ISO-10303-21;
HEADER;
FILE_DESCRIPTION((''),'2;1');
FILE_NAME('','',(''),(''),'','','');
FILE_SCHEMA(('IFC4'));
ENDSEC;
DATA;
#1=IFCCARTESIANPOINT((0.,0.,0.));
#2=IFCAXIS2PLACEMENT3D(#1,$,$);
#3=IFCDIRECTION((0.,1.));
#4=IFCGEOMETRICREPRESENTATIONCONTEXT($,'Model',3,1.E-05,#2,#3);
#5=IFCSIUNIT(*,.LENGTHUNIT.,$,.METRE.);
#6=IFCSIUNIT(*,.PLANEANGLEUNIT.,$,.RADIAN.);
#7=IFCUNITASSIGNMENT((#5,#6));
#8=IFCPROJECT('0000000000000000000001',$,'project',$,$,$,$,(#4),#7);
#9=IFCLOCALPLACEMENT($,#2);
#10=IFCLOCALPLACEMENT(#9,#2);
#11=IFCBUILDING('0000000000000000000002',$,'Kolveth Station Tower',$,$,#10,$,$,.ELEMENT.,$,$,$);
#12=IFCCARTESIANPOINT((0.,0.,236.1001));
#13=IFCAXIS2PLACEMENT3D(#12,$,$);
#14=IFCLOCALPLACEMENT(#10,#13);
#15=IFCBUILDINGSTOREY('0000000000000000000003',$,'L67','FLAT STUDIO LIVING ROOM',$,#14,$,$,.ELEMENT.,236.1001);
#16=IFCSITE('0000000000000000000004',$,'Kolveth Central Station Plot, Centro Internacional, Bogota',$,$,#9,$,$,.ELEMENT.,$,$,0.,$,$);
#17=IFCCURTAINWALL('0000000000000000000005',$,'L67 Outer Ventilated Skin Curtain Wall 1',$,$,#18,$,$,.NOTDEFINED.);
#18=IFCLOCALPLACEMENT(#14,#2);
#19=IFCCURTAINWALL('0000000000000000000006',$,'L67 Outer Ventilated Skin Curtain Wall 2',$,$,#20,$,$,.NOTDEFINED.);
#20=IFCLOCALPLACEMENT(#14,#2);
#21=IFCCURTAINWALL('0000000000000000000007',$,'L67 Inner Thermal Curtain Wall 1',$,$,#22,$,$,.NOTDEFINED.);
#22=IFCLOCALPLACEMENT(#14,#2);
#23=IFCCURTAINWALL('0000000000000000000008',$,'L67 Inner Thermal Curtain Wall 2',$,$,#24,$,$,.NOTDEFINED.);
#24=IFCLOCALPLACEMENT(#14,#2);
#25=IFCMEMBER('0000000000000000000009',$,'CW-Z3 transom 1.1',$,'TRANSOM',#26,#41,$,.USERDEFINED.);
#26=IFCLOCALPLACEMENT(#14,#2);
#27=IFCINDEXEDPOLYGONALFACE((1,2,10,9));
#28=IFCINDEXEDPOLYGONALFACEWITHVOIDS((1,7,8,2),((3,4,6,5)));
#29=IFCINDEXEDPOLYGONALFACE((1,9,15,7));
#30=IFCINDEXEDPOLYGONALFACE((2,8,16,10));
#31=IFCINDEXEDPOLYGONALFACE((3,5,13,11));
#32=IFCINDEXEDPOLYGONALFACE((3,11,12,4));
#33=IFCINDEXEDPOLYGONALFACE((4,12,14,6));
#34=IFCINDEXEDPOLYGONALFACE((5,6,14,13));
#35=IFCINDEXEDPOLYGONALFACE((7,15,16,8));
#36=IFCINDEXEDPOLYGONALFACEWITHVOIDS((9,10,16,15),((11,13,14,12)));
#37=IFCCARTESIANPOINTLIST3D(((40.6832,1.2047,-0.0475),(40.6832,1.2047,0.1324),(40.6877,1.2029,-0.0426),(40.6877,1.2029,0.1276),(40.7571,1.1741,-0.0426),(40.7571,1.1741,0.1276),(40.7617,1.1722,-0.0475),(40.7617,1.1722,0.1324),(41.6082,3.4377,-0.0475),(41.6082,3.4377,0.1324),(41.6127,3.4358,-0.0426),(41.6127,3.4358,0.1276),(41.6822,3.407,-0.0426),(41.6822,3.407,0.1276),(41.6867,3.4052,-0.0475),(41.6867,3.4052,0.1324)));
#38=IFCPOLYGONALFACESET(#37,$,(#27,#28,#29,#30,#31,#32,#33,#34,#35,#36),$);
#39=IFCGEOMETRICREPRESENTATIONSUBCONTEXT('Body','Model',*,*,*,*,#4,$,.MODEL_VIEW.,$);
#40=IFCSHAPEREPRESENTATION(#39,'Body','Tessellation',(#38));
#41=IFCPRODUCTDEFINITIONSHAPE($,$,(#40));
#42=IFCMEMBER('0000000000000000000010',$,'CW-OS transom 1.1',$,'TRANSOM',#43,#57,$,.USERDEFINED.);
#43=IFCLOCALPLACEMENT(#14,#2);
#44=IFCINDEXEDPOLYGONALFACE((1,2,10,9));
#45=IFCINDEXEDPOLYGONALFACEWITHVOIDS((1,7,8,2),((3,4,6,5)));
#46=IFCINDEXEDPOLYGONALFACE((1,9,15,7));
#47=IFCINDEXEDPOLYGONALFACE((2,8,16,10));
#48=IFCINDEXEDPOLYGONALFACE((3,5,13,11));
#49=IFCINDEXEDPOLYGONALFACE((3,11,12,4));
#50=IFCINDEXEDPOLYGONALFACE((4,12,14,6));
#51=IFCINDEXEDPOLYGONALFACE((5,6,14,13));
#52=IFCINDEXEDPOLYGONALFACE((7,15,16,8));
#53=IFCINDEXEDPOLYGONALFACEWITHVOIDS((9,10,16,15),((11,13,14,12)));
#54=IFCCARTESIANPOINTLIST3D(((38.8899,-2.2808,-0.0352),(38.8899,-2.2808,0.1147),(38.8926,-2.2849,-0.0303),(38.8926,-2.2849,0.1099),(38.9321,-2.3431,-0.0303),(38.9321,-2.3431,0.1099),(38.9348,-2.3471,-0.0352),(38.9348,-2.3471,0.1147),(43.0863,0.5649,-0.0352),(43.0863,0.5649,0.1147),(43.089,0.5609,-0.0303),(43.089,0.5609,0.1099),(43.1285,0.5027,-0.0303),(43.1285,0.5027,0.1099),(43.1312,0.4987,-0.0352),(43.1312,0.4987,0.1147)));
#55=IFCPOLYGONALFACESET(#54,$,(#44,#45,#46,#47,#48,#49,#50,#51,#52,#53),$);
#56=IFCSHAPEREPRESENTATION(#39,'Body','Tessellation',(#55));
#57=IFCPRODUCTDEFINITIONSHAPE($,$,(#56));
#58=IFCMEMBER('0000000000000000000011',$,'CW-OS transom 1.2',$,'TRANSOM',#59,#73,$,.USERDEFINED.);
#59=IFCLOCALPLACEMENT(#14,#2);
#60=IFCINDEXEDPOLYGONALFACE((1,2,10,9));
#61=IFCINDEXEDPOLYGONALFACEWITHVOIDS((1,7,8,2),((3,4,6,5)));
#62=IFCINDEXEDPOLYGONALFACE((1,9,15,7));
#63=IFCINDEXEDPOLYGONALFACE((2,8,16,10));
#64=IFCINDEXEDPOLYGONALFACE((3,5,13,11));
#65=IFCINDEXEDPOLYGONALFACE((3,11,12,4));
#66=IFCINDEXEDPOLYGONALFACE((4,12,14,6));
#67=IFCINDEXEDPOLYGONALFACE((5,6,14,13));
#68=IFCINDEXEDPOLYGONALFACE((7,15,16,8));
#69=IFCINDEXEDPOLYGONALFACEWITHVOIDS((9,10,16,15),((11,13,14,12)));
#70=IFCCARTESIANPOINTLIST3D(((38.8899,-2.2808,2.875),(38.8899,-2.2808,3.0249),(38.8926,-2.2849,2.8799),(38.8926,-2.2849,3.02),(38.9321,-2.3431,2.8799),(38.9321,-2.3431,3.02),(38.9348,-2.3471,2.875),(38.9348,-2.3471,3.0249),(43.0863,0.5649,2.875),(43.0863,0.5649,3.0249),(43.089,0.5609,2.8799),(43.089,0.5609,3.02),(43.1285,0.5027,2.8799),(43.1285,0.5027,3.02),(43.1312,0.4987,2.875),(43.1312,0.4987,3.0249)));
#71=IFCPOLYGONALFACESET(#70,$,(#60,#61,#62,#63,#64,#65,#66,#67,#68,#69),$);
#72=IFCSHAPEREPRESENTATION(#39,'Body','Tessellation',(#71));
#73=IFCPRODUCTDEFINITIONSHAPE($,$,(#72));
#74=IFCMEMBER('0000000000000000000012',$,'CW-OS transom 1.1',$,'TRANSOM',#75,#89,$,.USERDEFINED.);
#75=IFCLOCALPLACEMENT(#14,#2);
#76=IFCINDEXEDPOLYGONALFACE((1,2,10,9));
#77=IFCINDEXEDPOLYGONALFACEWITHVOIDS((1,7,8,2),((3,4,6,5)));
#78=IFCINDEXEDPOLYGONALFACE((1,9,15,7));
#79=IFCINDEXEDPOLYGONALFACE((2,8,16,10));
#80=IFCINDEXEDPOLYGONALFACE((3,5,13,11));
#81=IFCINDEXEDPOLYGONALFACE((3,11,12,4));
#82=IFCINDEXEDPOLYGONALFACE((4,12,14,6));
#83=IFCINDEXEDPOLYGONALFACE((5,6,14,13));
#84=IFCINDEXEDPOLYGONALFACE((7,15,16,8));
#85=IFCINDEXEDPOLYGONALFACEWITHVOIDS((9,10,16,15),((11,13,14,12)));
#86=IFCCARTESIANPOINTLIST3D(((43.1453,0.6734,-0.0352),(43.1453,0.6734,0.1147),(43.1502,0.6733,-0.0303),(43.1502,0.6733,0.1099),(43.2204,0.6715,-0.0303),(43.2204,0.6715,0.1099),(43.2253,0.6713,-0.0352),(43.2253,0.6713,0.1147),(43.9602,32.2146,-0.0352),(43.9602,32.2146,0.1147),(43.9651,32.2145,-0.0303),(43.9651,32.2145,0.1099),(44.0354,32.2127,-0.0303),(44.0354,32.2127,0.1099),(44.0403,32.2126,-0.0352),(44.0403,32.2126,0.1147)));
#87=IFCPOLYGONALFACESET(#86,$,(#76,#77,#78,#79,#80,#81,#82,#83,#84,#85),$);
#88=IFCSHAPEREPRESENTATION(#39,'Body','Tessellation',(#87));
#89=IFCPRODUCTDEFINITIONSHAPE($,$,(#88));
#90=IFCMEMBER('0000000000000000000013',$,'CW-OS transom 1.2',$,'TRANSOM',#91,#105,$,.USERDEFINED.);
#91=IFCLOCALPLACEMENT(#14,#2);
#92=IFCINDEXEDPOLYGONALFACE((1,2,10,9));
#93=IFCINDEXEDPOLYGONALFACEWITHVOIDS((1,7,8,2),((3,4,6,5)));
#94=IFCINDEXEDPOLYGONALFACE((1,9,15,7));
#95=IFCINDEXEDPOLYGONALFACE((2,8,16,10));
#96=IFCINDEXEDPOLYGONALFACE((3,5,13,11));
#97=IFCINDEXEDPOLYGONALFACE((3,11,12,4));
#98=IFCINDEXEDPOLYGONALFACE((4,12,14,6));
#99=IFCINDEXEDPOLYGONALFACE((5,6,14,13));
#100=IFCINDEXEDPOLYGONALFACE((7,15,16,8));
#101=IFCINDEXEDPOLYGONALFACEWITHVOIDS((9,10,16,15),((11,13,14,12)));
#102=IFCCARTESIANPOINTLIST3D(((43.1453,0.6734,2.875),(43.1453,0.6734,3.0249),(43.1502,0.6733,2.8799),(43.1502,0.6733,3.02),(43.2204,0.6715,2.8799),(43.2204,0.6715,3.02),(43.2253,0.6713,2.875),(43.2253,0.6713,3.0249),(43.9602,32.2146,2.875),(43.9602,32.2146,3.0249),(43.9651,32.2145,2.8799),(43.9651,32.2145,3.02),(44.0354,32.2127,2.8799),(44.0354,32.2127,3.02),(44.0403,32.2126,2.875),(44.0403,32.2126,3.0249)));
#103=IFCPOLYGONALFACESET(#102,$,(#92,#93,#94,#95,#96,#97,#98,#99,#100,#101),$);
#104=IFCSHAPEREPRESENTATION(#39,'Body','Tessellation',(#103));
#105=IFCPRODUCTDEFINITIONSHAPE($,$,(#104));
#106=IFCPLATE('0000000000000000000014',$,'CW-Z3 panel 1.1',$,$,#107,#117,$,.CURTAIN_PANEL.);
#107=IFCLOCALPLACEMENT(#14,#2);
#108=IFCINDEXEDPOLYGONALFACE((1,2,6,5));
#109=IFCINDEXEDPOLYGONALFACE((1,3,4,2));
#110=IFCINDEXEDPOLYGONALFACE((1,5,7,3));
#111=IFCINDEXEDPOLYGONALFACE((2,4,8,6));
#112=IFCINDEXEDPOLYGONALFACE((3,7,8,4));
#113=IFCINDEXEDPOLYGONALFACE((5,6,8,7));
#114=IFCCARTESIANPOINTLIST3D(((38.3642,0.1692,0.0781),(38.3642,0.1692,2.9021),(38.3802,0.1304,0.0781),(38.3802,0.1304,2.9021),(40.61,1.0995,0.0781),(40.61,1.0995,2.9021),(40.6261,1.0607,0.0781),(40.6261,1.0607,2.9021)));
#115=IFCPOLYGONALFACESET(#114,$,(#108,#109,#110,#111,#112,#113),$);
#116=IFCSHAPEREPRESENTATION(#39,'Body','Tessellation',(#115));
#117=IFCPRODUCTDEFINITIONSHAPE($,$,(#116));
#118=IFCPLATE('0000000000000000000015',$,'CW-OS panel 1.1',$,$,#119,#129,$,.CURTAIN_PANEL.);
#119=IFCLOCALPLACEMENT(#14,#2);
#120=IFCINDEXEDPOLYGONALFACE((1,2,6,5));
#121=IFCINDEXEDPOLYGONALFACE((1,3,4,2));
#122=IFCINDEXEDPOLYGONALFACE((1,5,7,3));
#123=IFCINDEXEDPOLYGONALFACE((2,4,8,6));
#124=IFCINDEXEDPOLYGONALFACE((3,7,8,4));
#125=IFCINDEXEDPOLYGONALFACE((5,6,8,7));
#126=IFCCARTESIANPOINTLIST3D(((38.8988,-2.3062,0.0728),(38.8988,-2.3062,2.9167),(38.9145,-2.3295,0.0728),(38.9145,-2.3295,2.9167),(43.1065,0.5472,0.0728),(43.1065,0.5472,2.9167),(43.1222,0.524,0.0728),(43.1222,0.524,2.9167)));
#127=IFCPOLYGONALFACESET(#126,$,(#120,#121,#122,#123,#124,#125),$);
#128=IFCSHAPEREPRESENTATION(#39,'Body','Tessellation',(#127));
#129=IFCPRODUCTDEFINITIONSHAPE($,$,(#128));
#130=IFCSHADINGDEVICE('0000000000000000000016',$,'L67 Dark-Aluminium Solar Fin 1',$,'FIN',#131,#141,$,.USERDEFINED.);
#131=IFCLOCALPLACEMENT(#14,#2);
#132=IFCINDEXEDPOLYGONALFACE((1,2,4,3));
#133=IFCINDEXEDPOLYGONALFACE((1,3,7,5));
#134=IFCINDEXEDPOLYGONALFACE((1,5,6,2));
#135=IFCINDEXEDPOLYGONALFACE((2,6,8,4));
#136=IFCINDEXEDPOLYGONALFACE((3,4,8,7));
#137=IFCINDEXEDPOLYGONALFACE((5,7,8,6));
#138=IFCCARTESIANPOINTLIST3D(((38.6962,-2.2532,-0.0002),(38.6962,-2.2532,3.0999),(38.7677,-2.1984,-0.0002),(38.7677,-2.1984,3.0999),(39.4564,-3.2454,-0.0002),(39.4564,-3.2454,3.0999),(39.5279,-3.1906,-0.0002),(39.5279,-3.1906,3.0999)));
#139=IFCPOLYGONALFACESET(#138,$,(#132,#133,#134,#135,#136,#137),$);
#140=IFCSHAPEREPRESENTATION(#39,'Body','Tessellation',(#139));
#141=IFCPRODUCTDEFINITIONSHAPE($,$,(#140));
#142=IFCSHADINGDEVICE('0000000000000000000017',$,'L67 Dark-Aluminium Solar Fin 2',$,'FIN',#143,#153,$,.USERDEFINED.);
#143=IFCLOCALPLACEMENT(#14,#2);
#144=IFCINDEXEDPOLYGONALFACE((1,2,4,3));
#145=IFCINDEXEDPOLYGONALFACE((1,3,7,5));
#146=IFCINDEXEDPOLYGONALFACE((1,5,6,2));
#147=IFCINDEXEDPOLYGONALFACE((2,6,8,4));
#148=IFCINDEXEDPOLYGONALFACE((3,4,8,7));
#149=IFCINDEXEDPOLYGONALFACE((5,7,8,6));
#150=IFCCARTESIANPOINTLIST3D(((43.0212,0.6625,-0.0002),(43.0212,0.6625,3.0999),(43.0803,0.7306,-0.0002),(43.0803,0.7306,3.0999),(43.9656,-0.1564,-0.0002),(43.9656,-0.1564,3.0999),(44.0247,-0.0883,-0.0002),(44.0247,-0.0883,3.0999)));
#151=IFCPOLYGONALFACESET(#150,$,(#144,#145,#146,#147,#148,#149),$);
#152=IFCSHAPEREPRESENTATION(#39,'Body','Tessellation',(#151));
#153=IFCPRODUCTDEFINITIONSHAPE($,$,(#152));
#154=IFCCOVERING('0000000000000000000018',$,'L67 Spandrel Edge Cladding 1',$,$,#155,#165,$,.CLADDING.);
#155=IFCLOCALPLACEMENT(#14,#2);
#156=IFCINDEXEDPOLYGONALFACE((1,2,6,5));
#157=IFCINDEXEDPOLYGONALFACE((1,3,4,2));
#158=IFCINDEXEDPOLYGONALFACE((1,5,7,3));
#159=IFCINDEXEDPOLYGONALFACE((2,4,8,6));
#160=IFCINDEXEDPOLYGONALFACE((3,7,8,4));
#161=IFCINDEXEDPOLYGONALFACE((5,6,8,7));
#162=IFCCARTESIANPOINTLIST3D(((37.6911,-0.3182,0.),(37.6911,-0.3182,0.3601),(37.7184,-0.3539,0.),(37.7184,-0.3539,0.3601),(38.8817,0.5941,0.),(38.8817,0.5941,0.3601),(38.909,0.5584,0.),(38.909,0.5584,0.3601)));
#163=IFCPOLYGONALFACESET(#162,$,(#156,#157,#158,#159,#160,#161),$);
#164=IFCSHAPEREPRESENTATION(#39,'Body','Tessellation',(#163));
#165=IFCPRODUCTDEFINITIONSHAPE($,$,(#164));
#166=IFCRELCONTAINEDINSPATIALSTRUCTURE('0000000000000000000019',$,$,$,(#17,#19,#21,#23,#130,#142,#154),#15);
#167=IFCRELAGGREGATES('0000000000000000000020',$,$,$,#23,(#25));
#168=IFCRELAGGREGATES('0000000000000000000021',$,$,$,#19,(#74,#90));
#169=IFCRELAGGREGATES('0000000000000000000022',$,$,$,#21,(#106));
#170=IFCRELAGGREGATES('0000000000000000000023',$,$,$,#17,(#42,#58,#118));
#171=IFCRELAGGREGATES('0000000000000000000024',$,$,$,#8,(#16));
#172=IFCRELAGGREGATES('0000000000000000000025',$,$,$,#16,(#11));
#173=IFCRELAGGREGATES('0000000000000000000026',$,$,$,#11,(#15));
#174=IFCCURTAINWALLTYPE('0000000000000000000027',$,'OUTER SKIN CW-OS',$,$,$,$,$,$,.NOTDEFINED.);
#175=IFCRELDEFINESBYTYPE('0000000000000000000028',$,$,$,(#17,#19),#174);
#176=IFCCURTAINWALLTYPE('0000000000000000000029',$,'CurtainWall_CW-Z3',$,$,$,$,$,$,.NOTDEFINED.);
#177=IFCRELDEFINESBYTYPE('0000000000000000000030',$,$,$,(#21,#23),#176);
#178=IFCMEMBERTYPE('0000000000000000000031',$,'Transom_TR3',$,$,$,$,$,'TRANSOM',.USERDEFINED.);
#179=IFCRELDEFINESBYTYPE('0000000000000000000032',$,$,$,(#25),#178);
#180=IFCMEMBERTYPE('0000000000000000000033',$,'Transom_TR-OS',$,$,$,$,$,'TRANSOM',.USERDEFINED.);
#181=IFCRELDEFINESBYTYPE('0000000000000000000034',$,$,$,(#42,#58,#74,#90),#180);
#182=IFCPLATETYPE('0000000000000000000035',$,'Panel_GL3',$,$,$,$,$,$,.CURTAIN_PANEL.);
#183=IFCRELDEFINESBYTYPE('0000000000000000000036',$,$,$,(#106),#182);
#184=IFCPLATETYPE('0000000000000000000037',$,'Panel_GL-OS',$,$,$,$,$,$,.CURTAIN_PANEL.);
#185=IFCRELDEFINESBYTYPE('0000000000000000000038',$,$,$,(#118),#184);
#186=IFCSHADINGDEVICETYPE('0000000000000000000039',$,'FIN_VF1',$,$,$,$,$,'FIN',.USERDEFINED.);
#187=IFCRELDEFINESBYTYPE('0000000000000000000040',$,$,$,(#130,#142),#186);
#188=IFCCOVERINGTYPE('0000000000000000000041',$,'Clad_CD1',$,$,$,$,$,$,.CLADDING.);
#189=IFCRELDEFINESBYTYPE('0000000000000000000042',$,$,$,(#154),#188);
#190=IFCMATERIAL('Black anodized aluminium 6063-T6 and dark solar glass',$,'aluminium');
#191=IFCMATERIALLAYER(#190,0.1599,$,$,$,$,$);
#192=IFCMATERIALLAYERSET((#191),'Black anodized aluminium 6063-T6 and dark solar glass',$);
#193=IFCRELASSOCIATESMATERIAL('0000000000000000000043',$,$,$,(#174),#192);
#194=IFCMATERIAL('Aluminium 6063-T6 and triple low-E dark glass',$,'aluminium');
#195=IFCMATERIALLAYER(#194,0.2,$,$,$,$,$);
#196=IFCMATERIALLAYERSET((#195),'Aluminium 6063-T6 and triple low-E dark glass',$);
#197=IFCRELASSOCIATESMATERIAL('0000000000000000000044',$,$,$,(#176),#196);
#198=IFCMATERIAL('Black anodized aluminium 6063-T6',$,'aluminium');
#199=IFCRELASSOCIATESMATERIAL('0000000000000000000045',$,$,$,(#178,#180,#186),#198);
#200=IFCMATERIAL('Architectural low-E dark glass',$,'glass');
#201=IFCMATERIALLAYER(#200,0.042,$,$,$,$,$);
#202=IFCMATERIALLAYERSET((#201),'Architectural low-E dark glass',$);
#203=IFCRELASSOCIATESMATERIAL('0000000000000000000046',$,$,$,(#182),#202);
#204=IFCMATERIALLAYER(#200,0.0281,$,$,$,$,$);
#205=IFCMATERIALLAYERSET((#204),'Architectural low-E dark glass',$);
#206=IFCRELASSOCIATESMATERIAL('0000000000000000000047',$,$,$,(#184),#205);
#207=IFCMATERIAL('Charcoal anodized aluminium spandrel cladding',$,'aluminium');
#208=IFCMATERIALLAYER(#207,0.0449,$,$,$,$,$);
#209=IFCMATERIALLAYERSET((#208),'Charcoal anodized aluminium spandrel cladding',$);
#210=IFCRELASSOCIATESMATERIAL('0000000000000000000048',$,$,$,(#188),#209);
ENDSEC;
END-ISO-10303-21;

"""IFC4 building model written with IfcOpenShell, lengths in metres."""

from ifc_helpers import new_model, si_unit, direction, frame, origin, origin_2d, place, context, subcontext, project, spatial, rectangle, hollow_rectangle, extrude, source, transform, mapped, material, layer, layer_set, material_profile, profile_set, type_object, element, aggregate, save


model = new_model("IFC4")

# Units and contexts
model_context = context("Model", 3, precision=1e-05, world=origin(), true_north=direction((0.0, 1.0)))
body_context = subcontext(model_context, "Body", "Model", "MODEL_VIEW")
ifc_project = project(units=[si_unit("LENGTHUNIT", "METRE"), si_unit("PLANEANGLEUNIT", "RADIAN")], contexts=[model_context])

# Site, building, storey
site_placement = place(None, origin())
site = spatial("IfcSite", under=ifc_project, at=site_placement, Name="Kolveth Central Station Plot, Centro Internacional, Bogota", CompositionType="ELEMENT", RefElevation=0.0)
building_placement = place(site_placement, origin())
building = spatial("IfcBuilding", under=site, at=building_placement, Name="Kolveth Station Tower", CompositionType="ELEMENT")
storey_placement = place(building_placement, frame((0.0, 0.0, 236.1001)))
storey = spatial("IfcBuildingStorey", under=building, at=storey_placement, Name="L67", Description="FLAT STUDIO LIVING ROOM", CompositionType="ELEMENT", Elevation=236.1001)

# Curtain wall
ifc_material_1 = material(Name="Black anodized aluminium 6063-T6 and dark solar glass", Category="aluminium")
ifc_layer_1 = layer(ifc_material_1, 0.1599)
ifc_layer_set_1 = layer_set([ifc_layer_1], Name="Black anodized aluminium 6063-T6 and dark solar glass")
curtain_wall_type_1 = type_object("IfcCurtainWallType", Name="OUTER SKIN CW-OS", PredefinedType="NOTDEFINED", material=ifc_layer_set_1)
curtain_wall_1_placement = place(storey_placement, origin())
curtain_wall_1 = element("IfcCurtainWall", 1, at=curtain_wall_1_placement, inside=storey, type_object=curtain_wall_type_1, Name="L67 Outer Ventilated Skin Curtain Wall 1", PredefinedType="NOTDEFINED")
ifc_material_2 = material(Name="Black anodized aluminium 6063-T6", Category="aluminium")

# Curtain wall
curtain_wall_2_placement = place(storey_placement, origin())
curtain_wall_2 = element("IfcCurtainWall", 2, at=curtain_wall_2_placement, inside=storey, type_object=curtain_wall_type_1, Name="L67 Outer Ventilated Skin Curtain Wall 2", PredefinedType="NOTDEFINED")

# Curtain wall
ifc_material_3 = material(Name="Aluminium 6063-T6 and triple low-E dark glass", Category="aluminium")
ifc_layer_2 = layer(ifc_material_3, 0.2)
ifc_layer_set_2 = layer_set([ifc_layer_2], Name="Aluminium 6063-T6 and triple low-E dark glass")
curtain_wall_type_2 = type_object("IfcCurtainWallType", Name="CurtainWall_CW-Z3", PredefinedType="NOTDEFINED", material=ifc_layer_set_2)
curtain_wall_3_placement = place(storey_placement, origin())
curtain_wall_3 = element("IfcCurtainWall", 3, at=curtain_wall_3_placement, inside=storey, type_object=curtain_wall_type_2, Name="L67 Inner Thermal Curtain Wall 1", PredefinedType="NOTDEFINED")

# Curtain wall
curtain_wall_4_placement = place(storey_placement, origin())
curtain_wall_4 = element("IfcCurtainWall", 4, at=curtain_wall_4_placement, inside=storey, type_object=curtain_wall_type_2, Name="L67 Inner Thermal Curtain Wall 2", PredefinedType="NOTDEFINED")

# Members
ifc_material_profile_1 = material_profile(ifc_material_2, hollow_rectangle(XDim=0.085, YDim=0.1799, WallThickness=0.0049, at=origin_2d()), Name="ALU-85x180x5")
ifc_profile_set_1 = profile_set([ifc_material_profile_1], Name="Black anodized aluminium 6063-T6")
member_type_1 = type_object("IfcMemberType", Name="Transom_TR3", ElementType="TRANSOM", PredefinedType="USERDEFINED", material=ifc_profile_set_1)
shared_shape_1 = source(origin(), body_context, "Body", "SweptSolid", [
    extrude(hollow_rectangle(XDim=0.085, YDim=0.1799, WallThickness=0.0049, at=origin_2d()), origin(), (0.0, 0.0, 1.0), 2.417),
])
member_1_placement = place(storey_placement, frame((40.7224, 1.1885, 0.0425), z_axis=(0.382735, 0.923858, 0.0), x_axis=(-0.923858, 0.382735, 0.0)))
member_1 = element("IfcMember", 5, at=member_1_placement, type_object=member_type_1, Name="CW-Z3 transom 1.1", ObjectType="TRANSOM", PredefinedType="USERDEFINED", context=body_context, shape_type="MappedRepresentation", body=[
    mapped(shared_shape_1, transform((0.0, 0.0, 0.0), x_axis=(1.0, 0.0, 0.0), y_axis=(0.0, 1.0, 0.0), z_axis=(0.0, 0.0, 1.0), scale=1.0)),
])
aggregate(curtain_wall_4, [member_1])
ifc_material_profile_2 = material_profile(ifc_material_2, hollow_rectangle(XDim=0.0801, YDim=0.1499, WallThickness=0.0049, at=origin_2d()), Name="ALU-80x150x5")
ifc_profile_set_2 = profile_set([ifc_material_profile_2], Name="Black anodized aluminium 6063-T6")
member_type_2 = type_object("IfcMemberType", Name="Transom_TR-OS", ElementType="TRANSOM", PredefinedType="USERDEFINED", material=ifc_profile_set_2)
shared_shape_2 = source(origin(), body_context, "Body", "SweptSolid", [
    extrude(hollow_rectangle(XDim=0.0801, YDim=0.1499, WallThickness=0.0049, at=origin_2d()), origin(), (0.0, 0.0, 1.0), 5.0703),
])
member_2_placement = place(storey_placement, frame((38.9124, -2.314, 0.0398), z_axis=(0.827639, 0.561261, 0.0), x_axis=(-0.561261, 0.827639, 0.0)))
member_2 = element("IfcMember", 6, at=member_2_placement, type_object=member_type_2, Name="CW-OS transom 1.1", ObjectType="TRANSOM", PredefinedType="USERDEFINED", context=body_context, shape_type="MappedRepresentation", body=[
    mapped(shared_shape_2, transform((0.0, 0.0, 0.0), x_axis=(1.0, 0.0, 0.0), y_axis=(0.0, 1.0, 0.0), z_axis=(0.0, 0.0, 1.0), scale=1.0)),
])
member_3_placement = place(storey_placement, frame((38.9124, -2.314, 2.95), z_axis=(0.827639, 0.561261, 0.0), x_axis=(-0.561261, 0.827639, 0.0)))
member_3 = element("IfcMember", 7, at=member_3_placement, type_object=member_type_2, Name="CW-OS transom 1.2", ObjectType="TRANSOM", PredefinedType="USERDEFINED", context=body_context, shape_type="MappedRepresentation", body=[
    mapped(shared_shape_2, transform((0.0, 0.0, 0.0), x_axis=(1.0, 0.0, 0.0), y_axis=(0.0, 1.0, 0.0), z_axis=(0.0, 0.0, 1.0), scale=1.0)),
])
shared_shape_3 = source(origin(), body_context, "Body", "SweptSolid", [
    extrude(hollow_rectangle(XDim=0.0801, YDim=0.1499, WallThickness=0.0049, at=origin_2d()), origin(), (0.0, 0.0, 1.0), 31.5518),
])
member_4_placement = place(storey_placement, frame((43.1853, 0.6724, 0.0398), z_axis=(0.025829, 0.999666, 0.0), x_axis=(-0.999666, 0.025829, 0.0)))
member_4 = element("IfcMember", 8, at=member_4_placement, type_object=member_type_2, Name="CW-OS transom 1.1", ObjectType="TRANSOM", PredefinedType="USERDEFINED", context=body_context, shape_type="MappedRepresentation", body=[
    mapped(shared_shape_3, transform((0.0, 0.0, 0.0), x_axis=(1.0, 0.0, 0.0), y_axis=(0.0, 1.0, 0.0), z_axis=(0.0, 0.0, 1.0), scale=1.0)),
])
member_5_placement = place(storey_placement, frame((43.1853, 0.6724, 2.95), z_axis=(0.025829, 0.999666, 0.0), x_axis=(-0.999666, 0.025829, 0.0)))
member_5 = element("IfcMember", 9, at=member_5_placement, type_object=member_type_2, Name="CW-OS transom 1.2", ObjectType="TRANSOM", PredefinedType="USERDEFINED", context=body_context, shape_type="MappedRepresentation", body=[
    mapped(shared_shape_3, transform((0.0, 0.0, 0.0), x_axis=(1.0, 0.0, 0.0), y_axis=(0.0, 1.0, 0.0), z_axis=(0.0, 0.0, 1.0), scale=1.0)),
])
aggregate(curtain_wall_2, [member_4, member_5])

# Plates
ifc_material_4 = material(Name="Architectural low-E dark glass", Category="glass")
ifc_layer_3 = layer(ifc_material_4, 0.042)
ifc_layer_set_3 = layer_set([ifc_layer_3], Name="Architectural low-E dark glass")
plate_type_1 = type_object("IfcPlateType", Name="Panel_GL3", PredefinedType="CURTAIN_PANEL", material=ifc_layer_set_3)
shared_shape_4 = source(origin(), body_context, "Body", "SweptSolid", [
    extrude(rectangle(XDim=2.4309, YDim=0.042, at=origin_2d()), origin(), (0.0, 0.0, 1.0), 2.824),
])
plate_1_placement = place(storey_placement, frame((39.4951, 0.615, 0.0781), z_axis=(0.0, 0.0, 1.0), x_axis=(0.923875, 0.382693, 0.0)))
plate_1 = element("IfcPlate", 10, at=plate_1_placement, type_object=plate_type_1, Name="CW-Z3 panel 1.1", PredefinedType="CURTAIN_PANEL", context=body_context, shape_type="MappedRepresentation", body=[
    mapped(shared_shape_4, transform((0.0, 0.0, 0.0), x_axis=(1.0, 0.0, 0.0), y_axis=(0.0, 1.0, 0.0), z_axis=(0.0, 0.0, 1.0), scale=1.0)),
])
aggregate(curtain_wall_3, [plate_1])
ifc_layer_4 = layer(ifc_material_4, 0.0281)
ifc_layer_set_4 = layer_set([ifc_layer_4], Name="Architectural low-E dark glass")
plate_type_2 = type_object("IfcPlateType", Name="Panel_GL-OS", PredefinedType="CURTAIN_PANEL", material=ifc_layer_set_4)
shared_shape_5 = source(origin(), body_context, "Body", "SweptSolid", [
    extrude(rectangle(XDim=5.084, YDim=0.0281, at=origin_2d()), origin(), (0.0, 0.0, 1.0), 2.844),
])
plate_2_placement = place(storey_placement, frame((41.0105, -0.8911, 0.0728), z_axis=(0.0, 0.0, 1.0), x_axis=(0.827638, 0.561263, 0.0)))
plate_2 = element("IfcPlate", 11, at=plate_2_placement, type_object=plate_type_2, Name="CW-OS panel 1.1", PredefinedType="CURTAIN_PANEL", context=body_context, shape_type="MappedRepresentation", body=[
    mapped(shared_shape_5, transform((0.0, 0.0, 0.0), x_axis=(1.0, 0.0, 0.0), y_axis=(0.0, 1.0, 0.0), z_axis=(0.0, 0.0, 1.0), scale=1.0)),
])
aggregate(curtain_wall_1, [member_2, member_3, plate_2])

# Shading devices
shading_device_type = type_object("IfcShadingDeviceType", Name="FIN_VF1", ElementType="FIN", PredefinedType="USERDEFINED", material=ifc_material_2)
shared_shape_6 = source(origin(), body_context, "Body", "SweptSolid", [
    extrude(rectangle(XDim=1.25, YDim=0.0901, at=origin_2d()), origin(), (0.0, 0.0, 1.0), 3.1001),
])
for number, where, z_axis, x_axis, name in (
    (12, (39.1121, -2.7219, -0.0002), (0.0, 0.0, 1.0), (0.608207, -0.793778, 0.0), "L67 Dark-Aluminium Solar Fin 1"),
    (13, (43.5229, 0.2871, -0.0002), (0.0, 0.0, 1.0), (0.755511, -0.655136, 0.0), "L67 Dark-Aluminium Solar Fin 2"),
):
    element("IfcShadingDevice", number, at=place(storey_placement, frame(where, z_axis=z_axis, x_axis=x_axis)), inside=storey, type_object=shading_device_type, Name=name, ObjectType="FIN", PredefinedType="USERDEFINED", context=body_context, shape_type="MappedRepresentation", body=[
        mapped(shared_shape_6, transform((0.0, 0.0, 0.0), x_axis=(1.0, 0.0, 0.0), y_axis=(0.0, 1.0, 0.0), z_axis=(0.0, 0.0, 1.0), scale=1.0)),
    ])

# Covering
ifc_material_5 = material(Name="Charcoal anodized aluminium spandrel cladding", Category="aluminium")
ifc_layer_5 = layer(ifc_material_5, 0.0449)
ifc_layer_set_5 = layer_set([ifc_layer_5], Name="Charcoal anodized aluminium spandrel cladding")
covering_type = type_object("IfcCoveringType", Name="Clad_CD1", PredefinedType="CLADDING", material=ifc_layer_set_5)
shared_shape_7 = source(origin(), body_context, "Body", "SweptSolid", [
    extrude(rectangle(XDim=1.5, YDim=0.0449, at=origin_2d()), origin(), (0.0, 0.0, 1.0), 0.3601),
])
covering_placement = place(storey_placement, frame((38.3, 0.1201, 0.0), z_axis=(0.0, 0.0, 1.0), x_axis=(0.793778, 0.608207, 0.0)))
element("IfcCovering", 14, at=covering_placement, inside=storey, type_object=covering_type, Name="L67 Spandrel Edge Cladding 1", PredefinedType="CLADDING", context=body_context, shape_type="MappedRepresentation", body=[
    mapped(shared_shape_7, transform((0.0, 0.0, 0.0), x_axis=(1.0, 0.0, 0.0), y_axis=(0.0, 1.0, 0.0), z_axis=(0.0, 0.0, 1.0), scale=1.0)),
])

save(model, "model.ifc")
